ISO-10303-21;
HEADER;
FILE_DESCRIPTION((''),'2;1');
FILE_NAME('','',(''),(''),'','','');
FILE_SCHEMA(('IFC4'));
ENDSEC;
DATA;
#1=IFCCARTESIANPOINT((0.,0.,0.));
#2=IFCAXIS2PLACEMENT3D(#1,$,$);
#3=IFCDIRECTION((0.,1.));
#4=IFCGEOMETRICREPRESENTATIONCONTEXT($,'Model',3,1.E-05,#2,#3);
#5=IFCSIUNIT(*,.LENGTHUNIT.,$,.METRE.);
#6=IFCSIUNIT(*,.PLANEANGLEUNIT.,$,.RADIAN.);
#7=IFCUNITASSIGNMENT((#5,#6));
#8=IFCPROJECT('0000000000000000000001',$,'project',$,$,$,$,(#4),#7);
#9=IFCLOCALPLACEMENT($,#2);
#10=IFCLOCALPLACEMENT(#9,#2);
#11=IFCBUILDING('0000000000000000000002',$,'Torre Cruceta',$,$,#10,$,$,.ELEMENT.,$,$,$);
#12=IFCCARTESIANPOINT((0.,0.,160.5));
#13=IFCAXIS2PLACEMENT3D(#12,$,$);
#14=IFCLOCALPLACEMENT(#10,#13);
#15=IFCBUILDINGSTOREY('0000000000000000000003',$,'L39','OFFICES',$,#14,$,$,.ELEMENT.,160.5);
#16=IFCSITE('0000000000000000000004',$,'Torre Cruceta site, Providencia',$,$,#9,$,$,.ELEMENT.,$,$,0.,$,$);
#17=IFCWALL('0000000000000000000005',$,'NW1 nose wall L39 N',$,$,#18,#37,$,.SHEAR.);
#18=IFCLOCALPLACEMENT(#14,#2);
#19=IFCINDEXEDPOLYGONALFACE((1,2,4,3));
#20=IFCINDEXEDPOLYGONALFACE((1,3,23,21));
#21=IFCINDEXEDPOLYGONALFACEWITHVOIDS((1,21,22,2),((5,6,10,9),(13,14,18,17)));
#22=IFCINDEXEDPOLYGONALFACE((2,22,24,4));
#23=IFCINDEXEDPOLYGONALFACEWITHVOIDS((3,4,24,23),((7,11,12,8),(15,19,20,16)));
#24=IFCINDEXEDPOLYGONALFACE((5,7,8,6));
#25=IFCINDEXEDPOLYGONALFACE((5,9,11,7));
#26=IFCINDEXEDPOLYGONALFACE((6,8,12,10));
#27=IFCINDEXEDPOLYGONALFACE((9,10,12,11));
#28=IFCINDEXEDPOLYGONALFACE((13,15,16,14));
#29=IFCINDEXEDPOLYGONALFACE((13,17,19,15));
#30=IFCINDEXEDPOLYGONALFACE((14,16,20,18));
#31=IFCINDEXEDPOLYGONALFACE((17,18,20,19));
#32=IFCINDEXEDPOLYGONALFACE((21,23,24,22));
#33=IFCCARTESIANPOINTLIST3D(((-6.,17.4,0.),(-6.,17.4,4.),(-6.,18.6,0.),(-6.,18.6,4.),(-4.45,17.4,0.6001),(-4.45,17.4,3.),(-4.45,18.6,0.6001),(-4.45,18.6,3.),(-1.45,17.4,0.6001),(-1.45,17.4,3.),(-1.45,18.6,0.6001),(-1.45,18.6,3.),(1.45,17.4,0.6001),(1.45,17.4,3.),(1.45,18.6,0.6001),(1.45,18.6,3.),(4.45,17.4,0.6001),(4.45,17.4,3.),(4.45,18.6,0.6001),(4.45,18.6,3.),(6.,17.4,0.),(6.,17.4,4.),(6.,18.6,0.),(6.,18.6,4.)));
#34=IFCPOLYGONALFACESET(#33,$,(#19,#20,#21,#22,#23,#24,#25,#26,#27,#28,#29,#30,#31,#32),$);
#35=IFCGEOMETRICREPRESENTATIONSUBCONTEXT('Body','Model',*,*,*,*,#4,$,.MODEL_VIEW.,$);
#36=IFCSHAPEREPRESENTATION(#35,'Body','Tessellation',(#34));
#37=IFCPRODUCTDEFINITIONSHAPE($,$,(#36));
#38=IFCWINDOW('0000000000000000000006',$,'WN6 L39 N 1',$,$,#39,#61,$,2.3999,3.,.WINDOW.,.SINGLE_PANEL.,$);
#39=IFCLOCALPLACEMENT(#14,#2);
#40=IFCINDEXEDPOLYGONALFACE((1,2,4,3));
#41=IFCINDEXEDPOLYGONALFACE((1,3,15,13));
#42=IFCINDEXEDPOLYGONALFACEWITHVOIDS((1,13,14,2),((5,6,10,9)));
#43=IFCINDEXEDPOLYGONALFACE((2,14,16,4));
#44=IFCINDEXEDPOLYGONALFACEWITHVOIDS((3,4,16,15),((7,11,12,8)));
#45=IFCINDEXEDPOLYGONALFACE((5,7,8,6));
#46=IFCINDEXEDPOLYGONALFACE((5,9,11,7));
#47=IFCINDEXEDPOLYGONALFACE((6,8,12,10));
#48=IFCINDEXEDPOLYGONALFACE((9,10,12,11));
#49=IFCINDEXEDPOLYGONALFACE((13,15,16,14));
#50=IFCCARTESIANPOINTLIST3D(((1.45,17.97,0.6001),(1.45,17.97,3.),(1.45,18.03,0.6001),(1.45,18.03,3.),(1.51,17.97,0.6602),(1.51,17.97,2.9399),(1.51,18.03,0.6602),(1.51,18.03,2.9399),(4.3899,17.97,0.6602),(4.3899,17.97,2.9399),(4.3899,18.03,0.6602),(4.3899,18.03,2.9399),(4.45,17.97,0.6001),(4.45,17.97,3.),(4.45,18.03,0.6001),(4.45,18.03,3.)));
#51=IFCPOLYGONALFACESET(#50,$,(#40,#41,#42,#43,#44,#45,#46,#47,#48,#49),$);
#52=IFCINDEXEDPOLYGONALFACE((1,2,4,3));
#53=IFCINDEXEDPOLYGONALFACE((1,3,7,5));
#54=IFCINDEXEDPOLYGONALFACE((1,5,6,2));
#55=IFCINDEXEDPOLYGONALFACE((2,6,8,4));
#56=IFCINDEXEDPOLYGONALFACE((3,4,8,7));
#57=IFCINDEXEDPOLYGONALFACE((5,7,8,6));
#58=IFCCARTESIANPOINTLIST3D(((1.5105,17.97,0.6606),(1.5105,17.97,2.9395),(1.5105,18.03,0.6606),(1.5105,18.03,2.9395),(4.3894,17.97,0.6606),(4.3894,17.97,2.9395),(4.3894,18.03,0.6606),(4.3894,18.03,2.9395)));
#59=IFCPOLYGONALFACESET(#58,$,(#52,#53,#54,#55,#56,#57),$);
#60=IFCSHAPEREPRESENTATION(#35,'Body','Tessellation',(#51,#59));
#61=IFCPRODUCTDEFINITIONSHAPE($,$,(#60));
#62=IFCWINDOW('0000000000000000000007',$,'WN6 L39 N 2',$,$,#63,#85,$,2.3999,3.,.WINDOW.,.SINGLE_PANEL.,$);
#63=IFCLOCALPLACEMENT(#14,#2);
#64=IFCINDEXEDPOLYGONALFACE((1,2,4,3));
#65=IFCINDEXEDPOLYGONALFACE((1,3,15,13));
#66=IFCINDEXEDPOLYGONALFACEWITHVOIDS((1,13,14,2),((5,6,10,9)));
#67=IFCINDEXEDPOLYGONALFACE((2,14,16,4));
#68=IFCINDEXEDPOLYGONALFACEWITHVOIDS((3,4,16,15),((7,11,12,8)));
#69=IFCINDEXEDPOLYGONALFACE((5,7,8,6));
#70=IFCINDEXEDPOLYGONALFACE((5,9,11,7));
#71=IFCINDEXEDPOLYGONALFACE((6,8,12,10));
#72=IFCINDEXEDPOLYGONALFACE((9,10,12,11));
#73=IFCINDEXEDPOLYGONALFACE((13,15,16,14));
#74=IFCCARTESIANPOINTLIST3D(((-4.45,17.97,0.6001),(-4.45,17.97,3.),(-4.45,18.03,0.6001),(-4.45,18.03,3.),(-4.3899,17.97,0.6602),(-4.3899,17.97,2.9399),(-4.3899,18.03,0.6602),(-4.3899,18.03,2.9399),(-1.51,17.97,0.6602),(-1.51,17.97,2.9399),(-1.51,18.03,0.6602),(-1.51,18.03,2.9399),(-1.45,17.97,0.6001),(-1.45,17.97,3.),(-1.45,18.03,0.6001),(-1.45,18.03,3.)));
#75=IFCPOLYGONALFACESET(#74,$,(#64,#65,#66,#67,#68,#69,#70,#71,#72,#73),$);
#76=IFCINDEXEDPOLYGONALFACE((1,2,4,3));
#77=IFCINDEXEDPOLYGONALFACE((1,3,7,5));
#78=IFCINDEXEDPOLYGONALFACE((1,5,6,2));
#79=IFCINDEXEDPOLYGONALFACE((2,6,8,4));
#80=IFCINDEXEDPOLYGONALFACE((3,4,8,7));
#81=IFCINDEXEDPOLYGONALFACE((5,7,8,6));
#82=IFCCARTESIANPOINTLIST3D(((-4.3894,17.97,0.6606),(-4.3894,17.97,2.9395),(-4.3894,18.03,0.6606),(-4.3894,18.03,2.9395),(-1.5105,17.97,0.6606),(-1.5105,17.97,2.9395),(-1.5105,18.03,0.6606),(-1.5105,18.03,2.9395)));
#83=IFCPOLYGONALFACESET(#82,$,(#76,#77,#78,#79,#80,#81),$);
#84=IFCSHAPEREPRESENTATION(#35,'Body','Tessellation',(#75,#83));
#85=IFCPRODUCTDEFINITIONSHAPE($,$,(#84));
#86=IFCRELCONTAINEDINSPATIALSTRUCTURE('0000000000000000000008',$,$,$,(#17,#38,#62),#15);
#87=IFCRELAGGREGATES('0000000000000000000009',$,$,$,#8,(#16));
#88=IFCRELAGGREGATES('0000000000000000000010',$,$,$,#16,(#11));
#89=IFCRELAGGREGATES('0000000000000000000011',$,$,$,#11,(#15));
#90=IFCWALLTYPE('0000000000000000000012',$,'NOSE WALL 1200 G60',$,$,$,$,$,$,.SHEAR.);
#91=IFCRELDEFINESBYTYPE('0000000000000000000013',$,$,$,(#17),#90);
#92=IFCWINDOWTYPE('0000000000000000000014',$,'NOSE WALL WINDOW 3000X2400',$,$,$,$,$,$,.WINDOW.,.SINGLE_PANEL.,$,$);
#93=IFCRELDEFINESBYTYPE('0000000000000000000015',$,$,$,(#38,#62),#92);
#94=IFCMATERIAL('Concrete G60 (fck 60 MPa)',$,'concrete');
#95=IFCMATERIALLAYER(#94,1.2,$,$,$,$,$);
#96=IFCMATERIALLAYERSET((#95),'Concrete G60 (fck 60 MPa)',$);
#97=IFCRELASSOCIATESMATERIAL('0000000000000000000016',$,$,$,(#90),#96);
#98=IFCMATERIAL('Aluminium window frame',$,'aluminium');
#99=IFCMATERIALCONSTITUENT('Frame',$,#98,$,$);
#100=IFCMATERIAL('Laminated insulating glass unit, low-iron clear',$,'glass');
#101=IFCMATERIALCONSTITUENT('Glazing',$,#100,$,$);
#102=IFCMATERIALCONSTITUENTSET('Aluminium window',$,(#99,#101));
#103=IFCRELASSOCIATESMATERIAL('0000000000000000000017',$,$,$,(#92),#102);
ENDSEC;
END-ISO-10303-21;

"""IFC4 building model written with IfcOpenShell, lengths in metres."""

from ifc_helpers import new_model, si_unit, direction, frame, frame_2d, origin, place, context, subcontext, project, spatial, rectangle, hollow_rectangle, extrude, material, layer, layer_set, constituent, constituent_set, type_object, element, fill, save


model = new_model("IFC4")

# Units and contexts
model_context = context("Model", 3, precision=1e-05, world=origin(), true_north=direction((0.0, 1.0)))
body_context = subcontext(model_context, "Body", "Model", "MODEL_VIEW")
ifc_project = project(units=[si_unit("LENGTHUNIT", "METRE"), si_unit("PLANEANGLEUNIT", "RADIAN")], contexts=[model_context])

# Site, building, storey
site_placement = place(None, origin())
site = spatial("IfcSite", under=ifc_project, at=site_placement, Name="Torre Cruceta site, Providencia", CompositionType="ELEMENT", RefElevation=0.0)
building_placement = place(site_placement, origin())
building = spatial("IfcBuilding", under=site, at=building_placement, Name="Torre Cruceta", CompositionType="ELEMENT")
storey_placement = place(building_placement, frame((0.0, 0.0, 160.5)))
storey = spatial("IfcBuildingStorey", under=building, at=storey_placement, Name="L39", Description="OFFICES", CompositionType="ELEMENT", Elevation=160.5)

# Wall, openings, windows
ifc_material_1 = material(Name="Concrete G60 (fck 60 MPa)", Category="concrete")
ifc_layer_1 = layer(ifc_material_1, 1.2)
ifc_layer_set_1 = layer_set([ifc_layer_1], Name="Concrete G60 (fck 60 MPa)")
wall_type_1 = type_object("IfcWallType", Name="NOSE WALL 1200 G60", PredefinedType="SHEAR", material=ifc_layer_set_1)
wall_1_placement = place(storey_placement, frame((6.0, 18.0, 0.0), z_axis=(0.0, 0.0, 1.0), x_axis=(-1.0, 0.0, 0.0)))
wall_1 = element("IfcWall", 1, at=wall_1_placement, inside=storey, type_object=wall_type_1, Name="NW1 nose wall L39 N", PredefinedType="SHEAR", context=body_context, shape_type="SweptSolid", body=[
    extrude(rectangle(XDim=12.0, YDim=1.2, at=frame_2d((6.0, 0.0))), origin(), (0.0, 0.0, 1.0), 4.0),
])
opening_1_placement = place(wall_1_placement, frame((1.55, 0.0, 0.6001)))
opening_1 = element("IfcOpeningElement", 2, at=opening_1_placement, cuts=wall_1, PredefinedType="OPENING", context=body_context, shape_type="SweptSolid", body=[
    extrude(rectangle(XDim=3.0, YDim=2.3999, at=frame_2d((1.5, 1.2))), frame((0.0, 0.6099, 0.0), z_axis=(0.0, -1.0, 0.0), x_axis=(1.0, 0.0, 0.0)), (0.0, 0.0, 1.0), 1.22),
])
opening_2_placement = place(wall_1_placement, frame((7.45, 0.0, 0.6001)))
opening_2 = element("IfcOpeningElement", 3, at=opening_2_placement, cuts=wall_1, PredefinedType="OPENING", context=body_context, shape_type="SweptSolid", body=[
    extrude(rectangle(XDim=3.0, YDim=2.3999, at=frame_2d((1.5, 1.2))), frame((0.0, 0.6099, 0.0), z_axis=(0.0, -1.0, 0.0), x_axis=(1.0, 0.0, 0.0)), (0.0, 0.0, 1.0), 1.22),
])
ifc_material_2 = material(Name="Aluminium window frame", Category="aluminium")
ifc_constituent_1 = constituent(ifc_material_2, Name="Frame")
ifc_material_3 = material(Name="Laminated insulating glass unit, low-iron clear", Category="glass")
ifc_constituent_2 = constituent(ifc_material_3, Name="Glazing")
ifc_constituent_set_1 = constituent_set(constituents=[ifc_constituent_1, ifc_constituent_2], Name="Aluminium window")
window_type = type_object("IfcWindowType", Name="NOSE WALL WINDOW 3000X2400", PartitioningType="SINGLE_PANEL", PredefinedType="WINDOW", material=ifc_constituent_set_1)
window_1_placement = place(opening_1_placement, origin())
window_1 = element("IfcWindow", 4, at=window_1_placement, inside=storey, type_object=window_type, Name="WN6 L39 N 1", OverallHeight=2.3999, OverallWidth=3.0, PartitioningType="SINGLE_PANEL", PredefinedType="WINDOW", context=body_context, shape_type="SweptSolid", body=[
    extrude(hollow_rectangle(XDim=3.0, YDim=2.3999, WallThickness=0.0601, at=frame_2d((1.5, 1.2))), frame((0.0, 0.03, 0.0), z_axis=(0.0, -1.0, 0.0), x_axis=(1.0, 0.0, 0.0)), (0.0, 0.0, 1.0), 0.0601),
    extrude(rectangle(XDim=2.8789, YDim=2.2788, at=frame_2d((1.5, 1.2))), frame((0.0, 0.03, 0.0), z_axis=(0.0, -1.0, 0.0), x_axis=(1.0, 0.0, 0.0)), (0.0, 0.0, 1.0), 0.0601),
])
fill(opening_1, window_1)
window_2_placement = place(opening_2_placement, origin())
window_2 = element("IfcWindow", 5, at=window_2_placement, inside=storey, type_object=window_type, Name="WN6 L39 N 2", OverallHeight=2.3999, OverallWidth=3.0, PartitioningType="SINGLE_PANEL", PredefinedType="WINDOW", context=body_context, shape_type="SweptSolid", body=[
    extrude(hollow_rectangle(XDim=3.0, YDim=2.3999, WallThickness=0.0601, at=frame_2d((1.5, 1.2))), frame((0.0, 0.03, 0.0), z_axis=(0.0, -1.0, 0.0), x_axis=(1.0, 0.0, 0.0)), (0.0, 0.0, 1.0), 0.0601),
    extrude(rectangle(XDim=2.8789, YDim=2.2788, at=frame_2d((1.5, 1.2))), frame((0.0, 0.03, 0.0), z_axis=(0.0, -1.0, 0.0), x_axis=(1.0, 0.0, 0.0)), (0.0, 0.0, 1.0), 0.0601),
])
fill(opening_2, window_2)

save(model, "model.ifc")
